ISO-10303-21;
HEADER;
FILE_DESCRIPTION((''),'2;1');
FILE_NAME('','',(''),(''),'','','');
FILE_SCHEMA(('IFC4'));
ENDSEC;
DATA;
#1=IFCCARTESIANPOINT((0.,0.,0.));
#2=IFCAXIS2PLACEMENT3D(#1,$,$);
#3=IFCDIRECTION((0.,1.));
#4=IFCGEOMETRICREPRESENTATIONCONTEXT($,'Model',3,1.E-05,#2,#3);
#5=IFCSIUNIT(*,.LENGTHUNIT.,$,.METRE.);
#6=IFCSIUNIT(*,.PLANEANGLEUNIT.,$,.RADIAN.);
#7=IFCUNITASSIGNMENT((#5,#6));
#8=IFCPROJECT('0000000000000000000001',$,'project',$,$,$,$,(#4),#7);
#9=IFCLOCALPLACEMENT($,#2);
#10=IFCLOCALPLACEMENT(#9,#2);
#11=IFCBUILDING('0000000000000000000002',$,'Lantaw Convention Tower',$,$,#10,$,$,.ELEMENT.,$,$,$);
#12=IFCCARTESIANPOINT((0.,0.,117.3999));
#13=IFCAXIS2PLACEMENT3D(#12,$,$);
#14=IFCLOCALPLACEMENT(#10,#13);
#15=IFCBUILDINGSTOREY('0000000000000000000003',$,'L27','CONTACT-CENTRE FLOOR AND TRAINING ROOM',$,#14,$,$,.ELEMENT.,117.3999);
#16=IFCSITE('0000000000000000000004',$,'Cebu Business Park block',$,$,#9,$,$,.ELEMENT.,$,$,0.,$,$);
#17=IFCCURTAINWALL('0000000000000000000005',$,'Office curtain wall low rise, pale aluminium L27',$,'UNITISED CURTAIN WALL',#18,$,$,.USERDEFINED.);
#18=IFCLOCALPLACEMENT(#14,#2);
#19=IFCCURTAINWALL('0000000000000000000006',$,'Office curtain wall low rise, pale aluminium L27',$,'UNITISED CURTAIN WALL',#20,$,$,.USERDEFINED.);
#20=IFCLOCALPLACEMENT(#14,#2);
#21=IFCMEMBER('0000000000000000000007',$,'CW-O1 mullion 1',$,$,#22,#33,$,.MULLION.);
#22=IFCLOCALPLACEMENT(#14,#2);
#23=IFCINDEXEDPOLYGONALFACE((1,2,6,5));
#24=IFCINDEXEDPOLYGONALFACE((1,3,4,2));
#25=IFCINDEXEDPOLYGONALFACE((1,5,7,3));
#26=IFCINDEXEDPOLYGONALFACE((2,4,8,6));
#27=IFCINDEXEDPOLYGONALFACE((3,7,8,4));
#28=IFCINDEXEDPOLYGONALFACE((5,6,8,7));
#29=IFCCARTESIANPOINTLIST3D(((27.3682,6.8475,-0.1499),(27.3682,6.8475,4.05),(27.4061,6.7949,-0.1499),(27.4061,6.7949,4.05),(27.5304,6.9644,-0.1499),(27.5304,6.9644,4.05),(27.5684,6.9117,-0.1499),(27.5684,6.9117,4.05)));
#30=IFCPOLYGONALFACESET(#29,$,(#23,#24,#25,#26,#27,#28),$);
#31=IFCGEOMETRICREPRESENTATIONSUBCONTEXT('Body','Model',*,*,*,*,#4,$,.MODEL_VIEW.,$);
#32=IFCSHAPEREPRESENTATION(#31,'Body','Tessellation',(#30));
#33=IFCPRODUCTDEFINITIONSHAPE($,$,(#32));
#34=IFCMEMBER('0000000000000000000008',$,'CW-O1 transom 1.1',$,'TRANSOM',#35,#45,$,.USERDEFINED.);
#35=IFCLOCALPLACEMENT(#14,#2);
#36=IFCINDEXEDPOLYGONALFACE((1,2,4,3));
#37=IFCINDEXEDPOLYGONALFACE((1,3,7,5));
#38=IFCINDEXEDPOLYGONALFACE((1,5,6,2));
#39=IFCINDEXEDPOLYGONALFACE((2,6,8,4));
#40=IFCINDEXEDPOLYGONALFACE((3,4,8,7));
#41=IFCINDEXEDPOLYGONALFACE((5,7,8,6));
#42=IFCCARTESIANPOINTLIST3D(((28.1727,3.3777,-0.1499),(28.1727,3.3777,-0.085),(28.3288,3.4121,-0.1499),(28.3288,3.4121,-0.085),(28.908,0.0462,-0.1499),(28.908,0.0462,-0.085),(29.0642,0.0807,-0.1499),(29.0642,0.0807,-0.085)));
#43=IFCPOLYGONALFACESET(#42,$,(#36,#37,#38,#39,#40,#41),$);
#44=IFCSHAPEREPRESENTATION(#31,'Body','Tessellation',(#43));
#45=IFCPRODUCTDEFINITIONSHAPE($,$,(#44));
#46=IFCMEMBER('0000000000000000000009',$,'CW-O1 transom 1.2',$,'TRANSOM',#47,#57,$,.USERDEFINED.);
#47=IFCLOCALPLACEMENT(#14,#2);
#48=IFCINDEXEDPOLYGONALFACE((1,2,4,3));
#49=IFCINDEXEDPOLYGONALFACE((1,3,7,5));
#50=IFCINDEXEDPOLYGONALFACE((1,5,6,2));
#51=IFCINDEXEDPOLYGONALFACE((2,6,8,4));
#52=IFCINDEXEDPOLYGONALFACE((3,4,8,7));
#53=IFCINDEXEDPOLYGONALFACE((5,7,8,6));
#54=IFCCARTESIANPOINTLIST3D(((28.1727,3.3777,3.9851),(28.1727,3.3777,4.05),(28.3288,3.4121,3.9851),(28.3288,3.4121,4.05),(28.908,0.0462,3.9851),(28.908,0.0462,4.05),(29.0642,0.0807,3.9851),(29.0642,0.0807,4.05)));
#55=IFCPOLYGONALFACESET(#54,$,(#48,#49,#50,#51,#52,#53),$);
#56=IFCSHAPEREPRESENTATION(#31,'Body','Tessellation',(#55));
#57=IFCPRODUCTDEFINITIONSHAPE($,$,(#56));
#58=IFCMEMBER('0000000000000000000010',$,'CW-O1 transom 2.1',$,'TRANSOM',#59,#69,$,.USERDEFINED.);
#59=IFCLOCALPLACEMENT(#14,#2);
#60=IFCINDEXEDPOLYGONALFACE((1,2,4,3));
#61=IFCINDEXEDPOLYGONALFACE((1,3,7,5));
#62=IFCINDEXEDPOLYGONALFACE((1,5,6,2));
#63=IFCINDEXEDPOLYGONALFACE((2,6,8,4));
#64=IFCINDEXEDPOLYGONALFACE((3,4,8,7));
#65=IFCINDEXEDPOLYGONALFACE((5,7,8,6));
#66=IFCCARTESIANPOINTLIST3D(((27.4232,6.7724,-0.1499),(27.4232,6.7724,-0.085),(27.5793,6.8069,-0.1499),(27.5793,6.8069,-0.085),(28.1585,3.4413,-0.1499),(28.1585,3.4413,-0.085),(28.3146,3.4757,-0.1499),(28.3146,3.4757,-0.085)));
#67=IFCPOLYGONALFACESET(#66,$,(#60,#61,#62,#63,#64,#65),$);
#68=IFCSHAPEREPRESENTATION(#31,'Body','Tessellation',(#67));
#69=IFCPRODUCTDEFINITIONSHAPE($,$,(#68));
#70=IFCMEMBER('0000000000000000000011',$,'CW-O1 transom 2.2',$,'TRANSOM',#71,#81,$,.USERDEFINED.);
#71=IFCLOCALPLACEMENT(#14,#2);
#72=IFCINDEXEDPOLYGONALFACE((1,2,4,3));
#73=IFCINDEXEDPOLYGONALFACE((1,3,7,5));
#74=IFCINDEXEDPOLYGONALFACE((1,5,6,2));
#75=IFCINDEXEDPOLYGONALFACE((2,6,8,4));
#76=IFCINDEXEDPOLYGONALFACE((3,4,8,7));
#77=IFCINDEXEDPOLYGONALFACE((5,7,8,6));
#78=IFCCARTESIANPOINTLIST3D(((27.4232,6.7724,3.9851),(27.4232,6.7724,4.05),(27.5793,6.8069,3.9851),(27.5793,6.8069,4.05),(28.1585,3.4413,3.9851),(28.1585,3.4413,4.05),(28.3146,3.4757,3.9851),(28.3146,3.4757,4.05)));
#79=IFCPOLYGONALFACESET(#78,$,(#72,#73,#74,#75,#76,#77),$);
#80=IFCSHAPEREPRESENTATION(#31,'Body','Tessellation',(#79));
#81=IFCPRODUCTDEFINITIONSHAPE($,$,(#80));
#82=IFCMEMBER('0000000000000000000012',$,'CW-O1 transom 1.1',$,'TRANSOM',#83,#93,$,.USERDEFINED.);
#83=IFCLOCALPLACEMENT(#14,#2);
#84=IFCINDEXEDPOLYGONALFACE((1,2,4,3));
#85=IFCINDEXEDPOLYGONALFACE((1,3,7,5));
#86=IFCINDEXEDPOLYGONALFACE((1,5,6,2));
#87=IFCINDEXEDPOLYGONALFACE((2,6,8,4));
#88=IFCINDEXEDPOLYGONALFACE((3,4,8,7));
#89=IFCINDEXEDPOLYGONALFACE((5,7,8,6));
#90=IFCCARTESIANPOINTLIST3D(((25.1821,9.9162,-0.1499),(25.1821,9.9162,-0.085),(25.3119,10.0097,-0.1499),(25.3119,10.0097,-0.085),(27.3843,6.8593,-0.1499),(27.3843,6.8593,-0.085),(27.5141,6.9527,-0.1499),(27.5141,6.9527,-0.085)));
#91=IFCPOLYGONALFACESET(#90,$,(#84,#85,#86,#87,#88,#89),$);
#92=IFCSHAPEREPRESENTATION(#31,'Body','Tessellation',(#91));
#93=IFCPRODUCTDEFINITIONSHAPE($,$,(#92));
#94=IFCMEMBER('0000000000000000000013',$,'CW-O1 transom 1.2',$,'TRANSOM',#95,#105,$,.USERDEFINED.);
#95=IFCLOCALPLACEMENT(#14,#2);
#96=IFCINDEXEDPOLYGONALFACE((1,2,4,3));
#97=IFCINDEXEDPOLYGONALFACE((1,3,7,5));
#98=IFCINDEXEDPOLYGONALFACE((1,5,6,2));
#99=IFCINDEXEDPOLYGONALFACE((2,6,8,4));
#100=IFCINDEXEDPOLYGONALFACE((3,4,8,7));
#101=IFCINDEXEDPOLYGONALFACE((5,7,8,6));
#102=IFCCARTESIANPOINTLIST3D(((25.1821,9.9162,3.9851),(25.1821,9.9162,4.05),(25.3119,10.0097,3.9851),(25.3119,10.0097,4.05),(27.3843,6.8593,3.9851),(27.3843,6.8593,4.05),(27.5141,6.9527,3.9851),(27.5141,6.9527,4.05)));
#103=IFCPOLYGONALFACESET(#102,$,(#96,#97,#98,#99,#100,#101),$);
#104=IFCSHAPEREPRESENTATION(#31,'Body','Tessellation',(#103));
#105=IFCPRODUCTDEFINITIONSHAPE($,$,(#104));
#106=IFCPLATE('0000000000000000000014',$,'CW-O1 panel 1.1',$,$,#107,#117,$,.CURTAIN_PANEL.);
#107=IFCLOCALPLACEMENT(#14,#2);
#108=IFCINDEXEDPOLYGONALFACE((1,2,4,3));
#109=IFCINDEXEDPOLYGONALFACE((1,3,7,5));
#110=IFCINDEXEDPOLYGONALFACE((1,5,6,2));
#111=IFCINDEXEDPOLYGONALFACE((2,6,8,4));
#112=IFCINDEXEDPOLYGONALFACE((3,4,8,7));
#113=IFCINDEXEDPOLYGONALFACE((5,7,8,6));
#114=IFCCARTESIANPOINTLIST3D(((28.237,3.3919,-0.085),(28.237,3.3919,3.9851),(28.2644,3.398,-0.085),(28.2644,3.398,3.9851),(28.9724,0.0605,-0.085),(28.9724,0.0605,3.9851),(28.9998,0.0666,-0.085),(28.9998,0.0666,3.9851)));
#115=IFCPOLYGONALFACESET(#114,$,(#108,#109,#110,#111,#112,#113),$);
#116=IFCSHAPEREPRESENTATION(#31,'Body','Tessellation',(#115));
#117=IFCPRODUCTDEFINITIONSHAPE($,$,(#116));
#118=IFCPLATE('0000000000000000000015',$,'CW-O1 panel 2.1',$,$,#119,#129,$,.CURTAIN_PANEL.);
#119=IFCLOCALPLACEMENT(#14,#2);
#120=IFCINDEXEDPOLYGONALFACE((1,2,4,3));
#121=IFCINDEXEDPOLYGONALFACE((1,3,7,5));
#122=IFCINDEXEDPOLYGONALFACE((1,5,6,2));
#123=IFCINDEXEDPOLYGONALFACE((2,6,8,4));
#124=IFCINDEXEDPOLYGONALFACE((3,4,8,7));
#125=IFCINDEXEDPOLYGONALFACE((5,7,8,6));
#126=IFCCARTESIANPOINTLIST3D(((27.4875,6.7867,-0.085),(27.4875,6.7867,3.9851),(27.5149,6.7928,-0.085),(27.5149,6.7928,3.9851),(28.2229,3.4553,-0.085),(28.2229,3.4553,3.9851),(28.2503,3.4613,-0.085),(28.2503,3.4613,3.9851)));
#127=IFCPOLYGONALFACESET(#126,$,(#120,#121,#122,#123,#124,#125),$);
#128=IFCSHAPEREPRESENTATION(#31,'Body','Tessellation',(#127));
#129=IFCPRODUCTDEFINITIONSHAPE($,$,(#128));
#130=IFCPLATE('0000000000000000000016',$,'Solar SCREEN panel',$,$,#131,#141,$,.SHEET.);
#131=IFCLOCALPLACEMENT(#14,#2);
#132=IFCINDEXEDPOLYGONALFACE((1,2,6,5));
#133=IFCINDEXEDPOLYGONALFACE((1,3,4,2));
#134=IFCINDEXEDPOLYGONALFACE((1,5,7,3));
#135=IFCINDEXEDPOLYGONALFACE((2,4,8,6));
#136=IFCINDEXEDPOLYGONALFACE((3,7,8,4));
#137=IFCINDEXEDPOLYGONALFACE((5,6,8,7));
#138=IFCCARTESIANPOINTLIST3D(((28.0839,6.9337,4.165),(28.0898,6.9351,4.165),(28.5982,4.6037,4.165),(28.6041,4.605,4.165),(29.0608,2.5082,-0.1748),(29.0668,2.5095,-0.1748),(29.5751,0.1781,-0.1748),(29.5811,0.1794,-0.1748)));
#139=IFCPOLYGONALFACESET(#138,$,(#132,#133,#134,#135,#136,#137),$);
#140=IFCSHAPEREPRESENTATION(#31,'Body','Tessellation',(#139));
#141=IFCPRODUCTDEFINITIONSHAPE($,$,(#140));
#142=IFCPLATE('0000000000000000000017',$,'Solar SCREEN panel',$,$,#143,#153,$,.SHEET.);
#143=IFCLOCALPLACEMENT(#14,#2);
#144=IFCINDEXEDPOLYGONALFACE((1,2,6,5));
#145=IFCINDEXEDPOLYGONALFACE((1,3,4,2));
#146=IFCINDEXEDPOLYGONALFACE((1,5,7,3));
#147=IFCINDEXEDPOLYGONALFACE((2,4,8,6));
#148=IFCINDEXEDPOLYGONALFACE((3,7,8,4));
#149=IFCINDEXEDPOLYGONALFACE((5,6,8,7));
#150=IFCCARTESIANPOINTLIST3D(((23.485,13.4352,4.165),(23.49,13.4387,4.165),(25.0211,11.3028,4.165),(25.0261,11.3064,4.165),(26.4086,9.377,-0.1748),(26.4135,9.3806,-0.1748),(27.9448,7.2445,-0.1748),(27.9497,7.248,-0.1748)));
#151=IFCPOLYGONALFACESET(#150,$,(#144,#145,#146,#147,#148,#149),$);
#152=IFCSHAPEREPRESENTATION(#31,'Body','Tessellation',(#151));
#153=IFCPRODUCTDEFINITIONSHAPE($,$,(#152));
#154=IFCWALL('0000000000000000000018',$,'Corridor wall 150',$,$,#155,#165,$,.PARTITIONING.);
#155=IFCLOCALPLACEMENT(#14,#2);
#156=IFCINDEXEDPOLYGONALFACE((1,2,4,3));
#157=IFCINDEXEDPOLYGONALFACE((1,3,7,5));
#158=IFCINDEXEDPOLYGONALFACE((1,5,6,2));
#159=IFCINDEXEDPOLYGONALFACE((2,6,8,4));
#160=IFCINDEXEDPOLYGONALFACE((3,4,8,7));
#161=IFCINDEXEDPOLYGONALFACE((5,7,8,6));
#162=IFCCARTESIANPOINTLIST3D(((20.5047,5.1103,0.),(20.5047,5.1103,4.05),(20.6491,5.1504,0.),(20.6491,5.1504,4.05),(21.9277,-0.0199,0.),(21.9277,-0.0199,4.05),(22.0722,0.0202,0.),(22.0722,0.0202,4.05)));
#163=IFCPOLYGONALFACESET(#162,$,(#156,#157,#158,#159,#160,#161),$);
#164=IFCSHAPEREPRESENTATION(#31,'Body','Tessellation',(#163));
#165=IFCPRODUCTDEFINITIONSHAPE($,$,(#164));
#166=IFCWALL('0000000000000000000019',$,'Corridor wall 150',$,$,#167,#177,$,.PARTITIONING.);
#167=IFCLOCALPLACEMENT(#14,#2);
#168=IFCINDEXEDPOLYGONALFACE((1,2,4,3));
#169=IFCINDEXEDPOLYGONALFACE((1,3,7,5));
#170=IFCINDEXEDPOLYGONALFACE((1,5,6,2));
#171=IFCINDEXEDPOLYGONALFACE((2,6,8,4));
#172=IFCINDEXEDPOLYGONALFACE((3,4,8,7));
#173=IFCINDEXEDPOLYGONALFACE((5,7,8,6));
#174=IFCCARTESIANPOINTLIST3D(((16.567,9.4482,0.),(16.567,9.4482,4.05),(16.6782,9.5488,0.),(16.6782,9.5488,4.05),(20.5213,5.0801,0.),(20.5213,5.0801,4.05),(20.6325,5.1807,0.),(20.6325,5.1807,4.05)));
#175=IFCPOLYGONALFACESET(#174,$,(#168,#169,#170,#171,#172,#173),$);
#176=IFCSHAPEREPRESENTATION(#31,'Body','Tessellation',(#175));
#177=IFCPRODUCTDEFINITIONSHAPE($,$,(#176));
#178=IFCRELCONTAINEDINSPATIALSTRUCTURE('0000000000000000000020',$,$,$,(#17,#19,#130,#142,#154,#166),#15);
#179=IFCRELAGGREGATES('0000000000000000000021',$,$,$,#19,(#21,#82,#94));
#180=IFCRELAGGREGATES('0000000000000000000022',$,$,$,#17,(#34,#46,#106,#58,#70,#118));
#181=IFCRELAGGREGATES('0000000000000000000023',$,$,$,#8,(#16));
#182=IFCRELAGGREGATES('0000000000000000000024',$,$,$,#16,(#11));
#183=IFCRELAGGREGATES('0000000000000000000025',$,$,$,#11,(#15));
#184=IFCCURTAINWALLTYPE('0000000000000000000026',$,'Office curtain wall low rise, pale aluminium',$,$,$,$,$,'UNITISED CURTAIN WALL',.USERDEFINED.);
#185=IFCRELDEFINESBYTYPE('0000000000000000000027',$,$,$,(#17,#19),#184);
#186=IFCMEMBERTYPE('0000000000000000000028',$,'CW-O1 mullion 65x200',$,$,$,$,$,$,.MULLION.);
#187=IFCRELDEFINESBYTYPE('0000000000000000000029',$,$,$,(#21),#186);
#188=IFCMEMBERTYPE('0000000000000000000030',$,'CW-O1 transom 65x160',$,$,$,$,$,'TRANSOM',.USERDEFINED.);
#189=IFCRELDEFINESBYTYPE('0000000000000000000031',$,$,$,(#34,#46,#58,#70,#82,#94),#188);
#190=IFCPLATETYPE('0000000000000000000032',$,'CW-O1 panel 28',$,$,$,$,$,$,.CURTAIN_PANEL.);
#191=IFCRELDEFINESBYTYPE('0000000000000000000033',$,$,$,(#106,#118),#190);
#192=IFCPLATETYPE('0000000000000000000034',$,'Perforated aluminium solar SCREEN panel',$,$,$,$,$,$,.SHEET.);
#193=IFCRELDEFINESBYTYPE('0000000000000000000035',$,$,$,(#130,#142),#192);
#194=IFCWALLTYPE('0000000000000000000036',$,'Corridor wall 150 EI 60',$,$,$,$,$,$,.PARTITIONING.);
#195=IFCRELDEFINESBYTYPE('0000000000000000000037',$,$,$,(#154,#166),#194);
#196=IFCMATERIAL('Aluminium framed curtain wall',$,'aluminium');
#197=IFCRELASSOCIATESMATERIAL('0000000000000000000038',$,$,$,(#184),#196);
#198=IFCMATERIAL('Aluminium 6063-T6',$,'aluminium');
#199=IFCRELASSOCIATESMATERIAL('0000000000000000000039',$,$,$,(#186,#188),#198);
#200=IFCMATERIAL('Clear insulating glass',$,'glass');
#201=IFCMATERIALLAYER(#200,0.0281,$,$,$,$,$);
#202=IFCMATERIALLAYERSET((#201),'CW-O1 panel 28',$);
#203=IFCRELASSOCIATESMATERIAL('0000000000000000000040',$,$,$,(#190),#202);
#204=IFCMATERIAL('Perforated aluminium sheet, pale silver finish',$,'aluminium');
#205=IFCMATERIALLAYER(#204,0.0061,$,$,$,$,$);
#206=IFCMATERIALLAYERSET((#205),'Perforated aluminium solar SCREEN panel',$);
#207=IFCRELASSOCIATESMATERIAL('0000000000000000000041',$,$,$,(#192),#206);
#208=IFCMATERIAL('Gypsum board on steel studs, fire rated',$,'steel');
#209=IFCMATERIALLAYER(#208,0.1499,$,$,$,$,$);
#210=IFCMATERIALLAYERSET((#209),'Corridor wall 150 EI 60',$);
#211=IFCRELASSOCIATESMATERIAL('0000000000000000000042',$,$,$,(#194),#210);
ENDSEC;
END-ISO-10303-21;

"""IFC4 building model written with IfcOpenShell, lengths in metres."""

from ifc_helpers import new_model, si_unit, direction, frame, frame_2d, origin, origin_2d, place, context, subcontext, project, spatial, polyline, rectangle, outline, extrude, material, layer, layer_set, material_profile, profile_set, type_object, element, aggregate, save


model = new_model("IFC4")

# Units and contexts
model_context = context("Model", 3, precision=1e-05, world=origin(), true_north=direction((0.0, 1.0)))
body_context = subcontext(model_context, "Body", "Model", "MODEL_VIEW")
ifc_project = project(units=[si_unit("LENGTHUNIT", "METRE"), si_unit("PLANEANGLEUNIT", "RADIAN")], contexts=[model_context])

# Site, building, storey
site_placement = place(None, origin())
site = spatial("IfcSite", under=ifc_project, at=site_placement, Name="Cebu Business Park block", CompositionType="ELEMENT", RefElevation=0.0)
building_placement = place(site_placement, origin())
building = spatial("IfcBuilding", under=site, at=building_placement, Name="Lantaw Convention Tower", CompositionType="ELEMENT")
storey_placement = place(building_placement, frame((0.0, 0.0, 117.3999)))
storey = spatial("IfcBuildingStorey", under=building, at=storey_placement, Name="L27", Description="CONTACT-CENTRE FLOOR AND TRAINING ROOM", CompositionType="ELEMENT", Elevation=117.3999)

# Curtain wall
ifc_material_1 = material(Name="Aluminium framed curtain wall", Category="aluminium")
curtain_wall_type = type_object("IfcCurtainWallType", Name="Office curtain wall low rise, pale aluminium", ElementType="UNITISED CURTAIN WALL", PredefinedType="USERDEFINED", material=ifc_material_1)
curtain_wall_1_placement = place(storey_placement, origin())
curtain_wall_1 = element("IfcCurtainWall", 1, at=curtain_wall_1_placement, inside=storey, type_object=curtain_wall_type, Name="Office curtain wall low rise, pale aluminium L27", ObjectType="UNITISED CURTAIN WALL", PredefinedType="USERDEFINED")
ifc_material_2 = material(Name="Aluminium 6063-T6", Category="aluminium")
ifc_material_profile_1 = material_profile(ifc_material_2, rectangle(XDim=0.2, YDim=0.0649, at=origin_2d()), Name="CW-O1 mullion 65x200")
ifc_profile_set_1 = profile_set([ifc_material_profile_1], Name="Aluminium 6063-T6")
member_type_1 = type_object("IfcMemberType", Name="CW-O1 mullion 65x200", PredefinedType="MULLION", material=ifc_profile_set_1)

# Curtain wall, member
curtain_wall_2_placement = place(storey_placement, origin())
curtain_wall_2 = element("IfcCurtainWall", 2, at=curtain_wall_2_placement, inside=storey, type_object=curtain_wall_type, Name="Office curtain wall low rise, pale aluminium L27", ObjectType="UNITISED CURTAIN WALL", PredefinedType="USERDEFINED")
member_1_placement = place(storey_placement, frame((27.4683, 6.8796, -0.1499), z_axis=(0.0, 0.0, 1.0), x_axis=(-0.811385, -0.584513, 0.0)))
member_1 = element("IfcMember", 3, at=member_1_placement, type_object=member_type_1, Name="CW-O1 mullion 1", PredefinedType="MULLION", context=body_context, shape_type="SweptSolid", body=[
    extrude(rectangle(XDim=0.2, YDim=0.0649, at=origin_2d()), origin(), (0.0, 0.0, 1.0), 4.2),
])

# Members
ifc_material_profile_2 = material_profile(ifc_material_2, rectangle(XDim=0.1599, YDim=0.0649, at=origin_2d()), Name="CW-O1 transom 65x160")
ifc_profile_set_2 = profile_set([ifc_material_profile_2], Name="Aluminium 6063-T6")
member_type_2 = type_object("IfcMemberType", Name="CW-O1 transom 65x160", ElementType="TRANSOM", PredefinedType="USERDEFINED", material=ifc_profile_set_2)
member_2_placement = place(storey_placement, frame((28.9861, 0.0635, -0.1174), z_axis=(-0.215536, 0.976496, 0.0), x_axis=(-0.976496, -0.215536, 0.0)))
member_2 = element("IfcMember", 4, at=member_2_placement, type_object=member_type_2, Name="CW-O1 transom 1.1", ObjectType="TRANSOM", PredefinedType="USERDEFINED", context=body_context, shape_type="SweptSolid", body=[
    extrude(rectangle(XDim=0.1599, YDim=0.0649, at=origin_2d()), origin(), (0.0, 0.0, 1.0), 3.4116),
])
member_3_placement = place(storey_placement, frame((28.9861, 0.0635, 4.0176), z_axis=(-0.215536, 0.976496, 0.0), x_axis=(-0.976496, -0.215536, 0.0)))
member_3 = element("IfcMember", 5, at=member_3_placement, type_object=member_type_2, Name="CW-O1 transom 1.2", ObjectType="TRANSOM", PredefinedType="USERDEFINED", context=body_context, shape_type="SweptSolid", body=[
    extrude(rectangle(XDim=0.1599, YDim=0.0649, at=origin_2d()), origin(), (0.0, 0.0, 1.0), 3.4116),
])
member_4_placement = place(storey_placement, frame((28.2366, 3.4585, -0.1174), z_axis=(-0.215551, 0.976493, 0.0), x_axis=(-0.976493, -0.215551, 0.0)))
member_4 = element("IfcMember", 6, at=member_4_placement, type_object=member_type_2, Name="CW-O1 transom 2.1", ObjectType="TRANSOM", PredefinedType="USERDEFINED", context=body_context, shape_type="SweptSolid", body=[
    extrude(rectangle(XDim=0.1599, YDim=0.0649, at=origin_2d()), origin(), (0.0, 0.0, 1.0), 3.4114),
])
member_5_placement = place(storey_placement, frame((28.2366, 3.4585, 4.0176), z_axis=(-0.215551, 0.976493, 0.0), x_axis=(-0.976493, -0.215551, 0.0)))
member_5 = element("IfcMember", 7, at=member_5_placement, type_object=member_type_2, Name="CW-O1 transom 2.2", ObjectType="TRANSOM", PredefinedType="USERDEFINED", context=body_context, shape_type="SweptSolid", body=[
    extrude(rectangle(XDim=0.1599, YDim=0.0649, at=origin_2d()), origin(), (0.0, 0.0, 1.0), 3.4114),
])
member_6_placement = place(storey_placement, frame((27.4492, 6.906, -0.1174), z_axis=(-0.584513, 0.811384, 0.0), x_axis=(-0.811384, -0.584513, 0.0)))
member_6 = element("IfcMember", 8, at=member_6_placement, type_object=member_type_2, Name="CW-O1 transom 1.1", ObjectType="TRANSOM", PredefinedType="USERDEFINED", context=body_context, shape_type="SweptSolid", body=[
    extrude(rectangle(XDim=0.1599, YDim=0.0649, at=origin_2d()), origin(), (0.0, 0.0, 1.0), 3.7676),
])
member_7_placement = place(storey_placement, frame((27.4492, 6.906, 4.0176), z_axis=(-0.584513, 0.811384, 0.0), x_axis=(-0.811384, -0.584513, 0.0)))
member_7 = element("IfcMember", 9, at=member_7_placement, type_object=member_type_2, Name="CW-O1 transom 1.2", ObjectType="TRANSOM", PredefinedType="USERDEFINED", context=body_context, shape_type="SweptSolid", body=[
    extrude(rectangle(XDim=0.1599, YDim=0.0649, at=origin_2d()), origin(), (0.0, 0.0, 1.0), 3.7676),
])
aggregate(curtain_wall_2, [member_1, member_6, member_7])

# Plates
ifc_material_3 = material(Name="Clear insulating glass", Category="glass")
ifc_layer_1 = layer(ifc_material_3, 0.0281)
ifc_layer_set_1 = layer_set([ifc_layer_1], Name="CW-O1 panel 28")
plate_type_1 = type_object("IfcPlateType", Name="CW-O1 panel 28", PredefinedType="CURTAIN_PANEL", material=ifc_layer_set_1)
plate_1_placement = place(storey_placement, frame((28.6184, 1.7292, -0.085), z_axis=(0.0, 0.0, 1.0), x_axis=(-0.215546, 0.976494, 0.0)))
plate_1 = element("IfcPlate", 10, at=plate_1_placement, type_object=plate_type_1, Name="CW-O1 panel 1.1", PredefinedType="CURTAIN_PANEL", context=body_context, shape_type="SweptSolid", body=[
    extrude(rectangle(XDim=3.4116, YDim=0.0281, at=origin_2d()), origin(), (0.0, 0.0, 1.0), 4.0701),
])
plate_2_placement = place(storey_placement, frame((27.8689, 5.124, -0.085), z_axis=(0.0, 0.0, 1.0), x_axis=(-0.215546, 0.976494, 0.0)))
plate_2 = element("IfcPlate", 11, at=plate_2_placement, type_object=plate_type_1, Name="CW-O1 panel 2.1", PredefinedType="CURTAIN_PANEL", context=body_context, shape_type="SweptSolid", body=[
    extrude(rectangle(XDim=3.4116, YDim=0.0281, at=origin_2d()), origin(), (0.0, 0.0, 1.0), 4.0701),
])
aggregate(curtain_wall_1, [member_2, member_3, plate_1, member_4, member_5, plate_2])

# Plates
ifc_material_4 = material(Name="Perforated aluminium sheet, pale silver finish", Category="aluminium")
ifc_layer_2 = layer(ifc_material_4, 0.0061)
ifc_layer_set_2 = layer_set([ifc_layer_2], Name="Perforated aluminium solar SCREEN panel")
plate_type_2 = type_object("IfcPlateType", Name="Perforated aluminium solar SCREEN panel", PredefinedType="SHEET", material=ifc_layer_set_2)
plate_3_placement = place(storey_placement, frame((29.5811, 0.1794, -0.1748), z_axis=(0.976498, 0.215527, 0.000033), x_axis=(-0.215527, 0.976498, 0.0)))
element("IfcPlate", 12, at=plate_3_placement, inside=storey, type_object=plate_type_2, Name="Solar SCREEN panel", PredefinedType="SHEET", context=body_context, shape_type="SweptSolid", body=[
    extrude(outline(polyline([(0.0, 0.0), (2.3862, 0.0), (6.9182, 4.3398), (4.5321, 4.3398), (0.0, 0.0)])), origin(), (0.0, 0.0, -1.0), 0.0061),
])
plate_4_placement = place(storey_placement, frame((27.9497, 7.248, -0.1748), z_axis=(0.811395, 0.584498, 0.000036), x_axis=(-0.584498, 0.811395, 0.0)))
element("IfcPlate", 13, at=plate_4_placement, inside=storey, type_object=plate_type_2, Name="Solar SCREEN panel", PredefinedType="SHEET", context=body_context, shape_type="SweptSolid", body=[
    extrude(outline(polyline([(0.0, 0.0), (2.6282, 0.0), (7.6298, 4.3398), (5.0018, 4.3398), (0.0, 0.0)])), origin(), (0.0, 0.0, -1.0), 0.0061),
])

# Walls
ifc_material_5 = material(Name="Gypsum board on steel studs, fire rated", Category="steel")
ifc_layer_3 = layer(ifc_material_5, 0.1499)
ifc_layer_set_3 = layer_set([ifc_layer_3], Name="Corridor wall 150 EI 60")
wall_type_1 = type_object("IfcWallType", Name="Corridor wall 150 EI 60", PredefinedType="PARTITIONING", material=ifc_layer_set_3)
wall_1_placement = place(storey_placement, frame((22.0, 0.0, 0.0), z_axis=(0.0, 0.0, 1.0), x_axis=(-0.267294, 0.963615, 0.0)))
element("IfcWall", 14, at=wall_1_placement, inside=storey, type_object=wall_type_1, Name="Corridor wall 150", PredefinedType="PARTITIONING", context=body_context, shape_type="SweptSolid", body=[
    extrude(rectangle(XDim=5.324, YDim=0.1499, at=frame_2d((2.6621, 0.0))), origin(), (0.0, 0.0, 1.0), 4.05),
])
wall_2_placement = place(storey_placement, frame((20.5769, 5.1304, 0.0), z_axis=(0.0, 0.0, 1.0), x_axis=(-0.671118, 0.74135, 0.0)))
element("IfcWall", 15, at=wall_2_placement, inside=storey, type_object=wall_type_1, Name="Corridor wall 150", PredefinedType="PARTITIONING", context=body_context, shape_type="SweptSolid", body=[
    extrude(rectangle(XDim=5.8921, YDim=0.1499, at=frame_2d((2.946, 0.0))), origin(), (0.0, 0.0, 1.0), 4.05),
])

save(model, "model.ifc")
